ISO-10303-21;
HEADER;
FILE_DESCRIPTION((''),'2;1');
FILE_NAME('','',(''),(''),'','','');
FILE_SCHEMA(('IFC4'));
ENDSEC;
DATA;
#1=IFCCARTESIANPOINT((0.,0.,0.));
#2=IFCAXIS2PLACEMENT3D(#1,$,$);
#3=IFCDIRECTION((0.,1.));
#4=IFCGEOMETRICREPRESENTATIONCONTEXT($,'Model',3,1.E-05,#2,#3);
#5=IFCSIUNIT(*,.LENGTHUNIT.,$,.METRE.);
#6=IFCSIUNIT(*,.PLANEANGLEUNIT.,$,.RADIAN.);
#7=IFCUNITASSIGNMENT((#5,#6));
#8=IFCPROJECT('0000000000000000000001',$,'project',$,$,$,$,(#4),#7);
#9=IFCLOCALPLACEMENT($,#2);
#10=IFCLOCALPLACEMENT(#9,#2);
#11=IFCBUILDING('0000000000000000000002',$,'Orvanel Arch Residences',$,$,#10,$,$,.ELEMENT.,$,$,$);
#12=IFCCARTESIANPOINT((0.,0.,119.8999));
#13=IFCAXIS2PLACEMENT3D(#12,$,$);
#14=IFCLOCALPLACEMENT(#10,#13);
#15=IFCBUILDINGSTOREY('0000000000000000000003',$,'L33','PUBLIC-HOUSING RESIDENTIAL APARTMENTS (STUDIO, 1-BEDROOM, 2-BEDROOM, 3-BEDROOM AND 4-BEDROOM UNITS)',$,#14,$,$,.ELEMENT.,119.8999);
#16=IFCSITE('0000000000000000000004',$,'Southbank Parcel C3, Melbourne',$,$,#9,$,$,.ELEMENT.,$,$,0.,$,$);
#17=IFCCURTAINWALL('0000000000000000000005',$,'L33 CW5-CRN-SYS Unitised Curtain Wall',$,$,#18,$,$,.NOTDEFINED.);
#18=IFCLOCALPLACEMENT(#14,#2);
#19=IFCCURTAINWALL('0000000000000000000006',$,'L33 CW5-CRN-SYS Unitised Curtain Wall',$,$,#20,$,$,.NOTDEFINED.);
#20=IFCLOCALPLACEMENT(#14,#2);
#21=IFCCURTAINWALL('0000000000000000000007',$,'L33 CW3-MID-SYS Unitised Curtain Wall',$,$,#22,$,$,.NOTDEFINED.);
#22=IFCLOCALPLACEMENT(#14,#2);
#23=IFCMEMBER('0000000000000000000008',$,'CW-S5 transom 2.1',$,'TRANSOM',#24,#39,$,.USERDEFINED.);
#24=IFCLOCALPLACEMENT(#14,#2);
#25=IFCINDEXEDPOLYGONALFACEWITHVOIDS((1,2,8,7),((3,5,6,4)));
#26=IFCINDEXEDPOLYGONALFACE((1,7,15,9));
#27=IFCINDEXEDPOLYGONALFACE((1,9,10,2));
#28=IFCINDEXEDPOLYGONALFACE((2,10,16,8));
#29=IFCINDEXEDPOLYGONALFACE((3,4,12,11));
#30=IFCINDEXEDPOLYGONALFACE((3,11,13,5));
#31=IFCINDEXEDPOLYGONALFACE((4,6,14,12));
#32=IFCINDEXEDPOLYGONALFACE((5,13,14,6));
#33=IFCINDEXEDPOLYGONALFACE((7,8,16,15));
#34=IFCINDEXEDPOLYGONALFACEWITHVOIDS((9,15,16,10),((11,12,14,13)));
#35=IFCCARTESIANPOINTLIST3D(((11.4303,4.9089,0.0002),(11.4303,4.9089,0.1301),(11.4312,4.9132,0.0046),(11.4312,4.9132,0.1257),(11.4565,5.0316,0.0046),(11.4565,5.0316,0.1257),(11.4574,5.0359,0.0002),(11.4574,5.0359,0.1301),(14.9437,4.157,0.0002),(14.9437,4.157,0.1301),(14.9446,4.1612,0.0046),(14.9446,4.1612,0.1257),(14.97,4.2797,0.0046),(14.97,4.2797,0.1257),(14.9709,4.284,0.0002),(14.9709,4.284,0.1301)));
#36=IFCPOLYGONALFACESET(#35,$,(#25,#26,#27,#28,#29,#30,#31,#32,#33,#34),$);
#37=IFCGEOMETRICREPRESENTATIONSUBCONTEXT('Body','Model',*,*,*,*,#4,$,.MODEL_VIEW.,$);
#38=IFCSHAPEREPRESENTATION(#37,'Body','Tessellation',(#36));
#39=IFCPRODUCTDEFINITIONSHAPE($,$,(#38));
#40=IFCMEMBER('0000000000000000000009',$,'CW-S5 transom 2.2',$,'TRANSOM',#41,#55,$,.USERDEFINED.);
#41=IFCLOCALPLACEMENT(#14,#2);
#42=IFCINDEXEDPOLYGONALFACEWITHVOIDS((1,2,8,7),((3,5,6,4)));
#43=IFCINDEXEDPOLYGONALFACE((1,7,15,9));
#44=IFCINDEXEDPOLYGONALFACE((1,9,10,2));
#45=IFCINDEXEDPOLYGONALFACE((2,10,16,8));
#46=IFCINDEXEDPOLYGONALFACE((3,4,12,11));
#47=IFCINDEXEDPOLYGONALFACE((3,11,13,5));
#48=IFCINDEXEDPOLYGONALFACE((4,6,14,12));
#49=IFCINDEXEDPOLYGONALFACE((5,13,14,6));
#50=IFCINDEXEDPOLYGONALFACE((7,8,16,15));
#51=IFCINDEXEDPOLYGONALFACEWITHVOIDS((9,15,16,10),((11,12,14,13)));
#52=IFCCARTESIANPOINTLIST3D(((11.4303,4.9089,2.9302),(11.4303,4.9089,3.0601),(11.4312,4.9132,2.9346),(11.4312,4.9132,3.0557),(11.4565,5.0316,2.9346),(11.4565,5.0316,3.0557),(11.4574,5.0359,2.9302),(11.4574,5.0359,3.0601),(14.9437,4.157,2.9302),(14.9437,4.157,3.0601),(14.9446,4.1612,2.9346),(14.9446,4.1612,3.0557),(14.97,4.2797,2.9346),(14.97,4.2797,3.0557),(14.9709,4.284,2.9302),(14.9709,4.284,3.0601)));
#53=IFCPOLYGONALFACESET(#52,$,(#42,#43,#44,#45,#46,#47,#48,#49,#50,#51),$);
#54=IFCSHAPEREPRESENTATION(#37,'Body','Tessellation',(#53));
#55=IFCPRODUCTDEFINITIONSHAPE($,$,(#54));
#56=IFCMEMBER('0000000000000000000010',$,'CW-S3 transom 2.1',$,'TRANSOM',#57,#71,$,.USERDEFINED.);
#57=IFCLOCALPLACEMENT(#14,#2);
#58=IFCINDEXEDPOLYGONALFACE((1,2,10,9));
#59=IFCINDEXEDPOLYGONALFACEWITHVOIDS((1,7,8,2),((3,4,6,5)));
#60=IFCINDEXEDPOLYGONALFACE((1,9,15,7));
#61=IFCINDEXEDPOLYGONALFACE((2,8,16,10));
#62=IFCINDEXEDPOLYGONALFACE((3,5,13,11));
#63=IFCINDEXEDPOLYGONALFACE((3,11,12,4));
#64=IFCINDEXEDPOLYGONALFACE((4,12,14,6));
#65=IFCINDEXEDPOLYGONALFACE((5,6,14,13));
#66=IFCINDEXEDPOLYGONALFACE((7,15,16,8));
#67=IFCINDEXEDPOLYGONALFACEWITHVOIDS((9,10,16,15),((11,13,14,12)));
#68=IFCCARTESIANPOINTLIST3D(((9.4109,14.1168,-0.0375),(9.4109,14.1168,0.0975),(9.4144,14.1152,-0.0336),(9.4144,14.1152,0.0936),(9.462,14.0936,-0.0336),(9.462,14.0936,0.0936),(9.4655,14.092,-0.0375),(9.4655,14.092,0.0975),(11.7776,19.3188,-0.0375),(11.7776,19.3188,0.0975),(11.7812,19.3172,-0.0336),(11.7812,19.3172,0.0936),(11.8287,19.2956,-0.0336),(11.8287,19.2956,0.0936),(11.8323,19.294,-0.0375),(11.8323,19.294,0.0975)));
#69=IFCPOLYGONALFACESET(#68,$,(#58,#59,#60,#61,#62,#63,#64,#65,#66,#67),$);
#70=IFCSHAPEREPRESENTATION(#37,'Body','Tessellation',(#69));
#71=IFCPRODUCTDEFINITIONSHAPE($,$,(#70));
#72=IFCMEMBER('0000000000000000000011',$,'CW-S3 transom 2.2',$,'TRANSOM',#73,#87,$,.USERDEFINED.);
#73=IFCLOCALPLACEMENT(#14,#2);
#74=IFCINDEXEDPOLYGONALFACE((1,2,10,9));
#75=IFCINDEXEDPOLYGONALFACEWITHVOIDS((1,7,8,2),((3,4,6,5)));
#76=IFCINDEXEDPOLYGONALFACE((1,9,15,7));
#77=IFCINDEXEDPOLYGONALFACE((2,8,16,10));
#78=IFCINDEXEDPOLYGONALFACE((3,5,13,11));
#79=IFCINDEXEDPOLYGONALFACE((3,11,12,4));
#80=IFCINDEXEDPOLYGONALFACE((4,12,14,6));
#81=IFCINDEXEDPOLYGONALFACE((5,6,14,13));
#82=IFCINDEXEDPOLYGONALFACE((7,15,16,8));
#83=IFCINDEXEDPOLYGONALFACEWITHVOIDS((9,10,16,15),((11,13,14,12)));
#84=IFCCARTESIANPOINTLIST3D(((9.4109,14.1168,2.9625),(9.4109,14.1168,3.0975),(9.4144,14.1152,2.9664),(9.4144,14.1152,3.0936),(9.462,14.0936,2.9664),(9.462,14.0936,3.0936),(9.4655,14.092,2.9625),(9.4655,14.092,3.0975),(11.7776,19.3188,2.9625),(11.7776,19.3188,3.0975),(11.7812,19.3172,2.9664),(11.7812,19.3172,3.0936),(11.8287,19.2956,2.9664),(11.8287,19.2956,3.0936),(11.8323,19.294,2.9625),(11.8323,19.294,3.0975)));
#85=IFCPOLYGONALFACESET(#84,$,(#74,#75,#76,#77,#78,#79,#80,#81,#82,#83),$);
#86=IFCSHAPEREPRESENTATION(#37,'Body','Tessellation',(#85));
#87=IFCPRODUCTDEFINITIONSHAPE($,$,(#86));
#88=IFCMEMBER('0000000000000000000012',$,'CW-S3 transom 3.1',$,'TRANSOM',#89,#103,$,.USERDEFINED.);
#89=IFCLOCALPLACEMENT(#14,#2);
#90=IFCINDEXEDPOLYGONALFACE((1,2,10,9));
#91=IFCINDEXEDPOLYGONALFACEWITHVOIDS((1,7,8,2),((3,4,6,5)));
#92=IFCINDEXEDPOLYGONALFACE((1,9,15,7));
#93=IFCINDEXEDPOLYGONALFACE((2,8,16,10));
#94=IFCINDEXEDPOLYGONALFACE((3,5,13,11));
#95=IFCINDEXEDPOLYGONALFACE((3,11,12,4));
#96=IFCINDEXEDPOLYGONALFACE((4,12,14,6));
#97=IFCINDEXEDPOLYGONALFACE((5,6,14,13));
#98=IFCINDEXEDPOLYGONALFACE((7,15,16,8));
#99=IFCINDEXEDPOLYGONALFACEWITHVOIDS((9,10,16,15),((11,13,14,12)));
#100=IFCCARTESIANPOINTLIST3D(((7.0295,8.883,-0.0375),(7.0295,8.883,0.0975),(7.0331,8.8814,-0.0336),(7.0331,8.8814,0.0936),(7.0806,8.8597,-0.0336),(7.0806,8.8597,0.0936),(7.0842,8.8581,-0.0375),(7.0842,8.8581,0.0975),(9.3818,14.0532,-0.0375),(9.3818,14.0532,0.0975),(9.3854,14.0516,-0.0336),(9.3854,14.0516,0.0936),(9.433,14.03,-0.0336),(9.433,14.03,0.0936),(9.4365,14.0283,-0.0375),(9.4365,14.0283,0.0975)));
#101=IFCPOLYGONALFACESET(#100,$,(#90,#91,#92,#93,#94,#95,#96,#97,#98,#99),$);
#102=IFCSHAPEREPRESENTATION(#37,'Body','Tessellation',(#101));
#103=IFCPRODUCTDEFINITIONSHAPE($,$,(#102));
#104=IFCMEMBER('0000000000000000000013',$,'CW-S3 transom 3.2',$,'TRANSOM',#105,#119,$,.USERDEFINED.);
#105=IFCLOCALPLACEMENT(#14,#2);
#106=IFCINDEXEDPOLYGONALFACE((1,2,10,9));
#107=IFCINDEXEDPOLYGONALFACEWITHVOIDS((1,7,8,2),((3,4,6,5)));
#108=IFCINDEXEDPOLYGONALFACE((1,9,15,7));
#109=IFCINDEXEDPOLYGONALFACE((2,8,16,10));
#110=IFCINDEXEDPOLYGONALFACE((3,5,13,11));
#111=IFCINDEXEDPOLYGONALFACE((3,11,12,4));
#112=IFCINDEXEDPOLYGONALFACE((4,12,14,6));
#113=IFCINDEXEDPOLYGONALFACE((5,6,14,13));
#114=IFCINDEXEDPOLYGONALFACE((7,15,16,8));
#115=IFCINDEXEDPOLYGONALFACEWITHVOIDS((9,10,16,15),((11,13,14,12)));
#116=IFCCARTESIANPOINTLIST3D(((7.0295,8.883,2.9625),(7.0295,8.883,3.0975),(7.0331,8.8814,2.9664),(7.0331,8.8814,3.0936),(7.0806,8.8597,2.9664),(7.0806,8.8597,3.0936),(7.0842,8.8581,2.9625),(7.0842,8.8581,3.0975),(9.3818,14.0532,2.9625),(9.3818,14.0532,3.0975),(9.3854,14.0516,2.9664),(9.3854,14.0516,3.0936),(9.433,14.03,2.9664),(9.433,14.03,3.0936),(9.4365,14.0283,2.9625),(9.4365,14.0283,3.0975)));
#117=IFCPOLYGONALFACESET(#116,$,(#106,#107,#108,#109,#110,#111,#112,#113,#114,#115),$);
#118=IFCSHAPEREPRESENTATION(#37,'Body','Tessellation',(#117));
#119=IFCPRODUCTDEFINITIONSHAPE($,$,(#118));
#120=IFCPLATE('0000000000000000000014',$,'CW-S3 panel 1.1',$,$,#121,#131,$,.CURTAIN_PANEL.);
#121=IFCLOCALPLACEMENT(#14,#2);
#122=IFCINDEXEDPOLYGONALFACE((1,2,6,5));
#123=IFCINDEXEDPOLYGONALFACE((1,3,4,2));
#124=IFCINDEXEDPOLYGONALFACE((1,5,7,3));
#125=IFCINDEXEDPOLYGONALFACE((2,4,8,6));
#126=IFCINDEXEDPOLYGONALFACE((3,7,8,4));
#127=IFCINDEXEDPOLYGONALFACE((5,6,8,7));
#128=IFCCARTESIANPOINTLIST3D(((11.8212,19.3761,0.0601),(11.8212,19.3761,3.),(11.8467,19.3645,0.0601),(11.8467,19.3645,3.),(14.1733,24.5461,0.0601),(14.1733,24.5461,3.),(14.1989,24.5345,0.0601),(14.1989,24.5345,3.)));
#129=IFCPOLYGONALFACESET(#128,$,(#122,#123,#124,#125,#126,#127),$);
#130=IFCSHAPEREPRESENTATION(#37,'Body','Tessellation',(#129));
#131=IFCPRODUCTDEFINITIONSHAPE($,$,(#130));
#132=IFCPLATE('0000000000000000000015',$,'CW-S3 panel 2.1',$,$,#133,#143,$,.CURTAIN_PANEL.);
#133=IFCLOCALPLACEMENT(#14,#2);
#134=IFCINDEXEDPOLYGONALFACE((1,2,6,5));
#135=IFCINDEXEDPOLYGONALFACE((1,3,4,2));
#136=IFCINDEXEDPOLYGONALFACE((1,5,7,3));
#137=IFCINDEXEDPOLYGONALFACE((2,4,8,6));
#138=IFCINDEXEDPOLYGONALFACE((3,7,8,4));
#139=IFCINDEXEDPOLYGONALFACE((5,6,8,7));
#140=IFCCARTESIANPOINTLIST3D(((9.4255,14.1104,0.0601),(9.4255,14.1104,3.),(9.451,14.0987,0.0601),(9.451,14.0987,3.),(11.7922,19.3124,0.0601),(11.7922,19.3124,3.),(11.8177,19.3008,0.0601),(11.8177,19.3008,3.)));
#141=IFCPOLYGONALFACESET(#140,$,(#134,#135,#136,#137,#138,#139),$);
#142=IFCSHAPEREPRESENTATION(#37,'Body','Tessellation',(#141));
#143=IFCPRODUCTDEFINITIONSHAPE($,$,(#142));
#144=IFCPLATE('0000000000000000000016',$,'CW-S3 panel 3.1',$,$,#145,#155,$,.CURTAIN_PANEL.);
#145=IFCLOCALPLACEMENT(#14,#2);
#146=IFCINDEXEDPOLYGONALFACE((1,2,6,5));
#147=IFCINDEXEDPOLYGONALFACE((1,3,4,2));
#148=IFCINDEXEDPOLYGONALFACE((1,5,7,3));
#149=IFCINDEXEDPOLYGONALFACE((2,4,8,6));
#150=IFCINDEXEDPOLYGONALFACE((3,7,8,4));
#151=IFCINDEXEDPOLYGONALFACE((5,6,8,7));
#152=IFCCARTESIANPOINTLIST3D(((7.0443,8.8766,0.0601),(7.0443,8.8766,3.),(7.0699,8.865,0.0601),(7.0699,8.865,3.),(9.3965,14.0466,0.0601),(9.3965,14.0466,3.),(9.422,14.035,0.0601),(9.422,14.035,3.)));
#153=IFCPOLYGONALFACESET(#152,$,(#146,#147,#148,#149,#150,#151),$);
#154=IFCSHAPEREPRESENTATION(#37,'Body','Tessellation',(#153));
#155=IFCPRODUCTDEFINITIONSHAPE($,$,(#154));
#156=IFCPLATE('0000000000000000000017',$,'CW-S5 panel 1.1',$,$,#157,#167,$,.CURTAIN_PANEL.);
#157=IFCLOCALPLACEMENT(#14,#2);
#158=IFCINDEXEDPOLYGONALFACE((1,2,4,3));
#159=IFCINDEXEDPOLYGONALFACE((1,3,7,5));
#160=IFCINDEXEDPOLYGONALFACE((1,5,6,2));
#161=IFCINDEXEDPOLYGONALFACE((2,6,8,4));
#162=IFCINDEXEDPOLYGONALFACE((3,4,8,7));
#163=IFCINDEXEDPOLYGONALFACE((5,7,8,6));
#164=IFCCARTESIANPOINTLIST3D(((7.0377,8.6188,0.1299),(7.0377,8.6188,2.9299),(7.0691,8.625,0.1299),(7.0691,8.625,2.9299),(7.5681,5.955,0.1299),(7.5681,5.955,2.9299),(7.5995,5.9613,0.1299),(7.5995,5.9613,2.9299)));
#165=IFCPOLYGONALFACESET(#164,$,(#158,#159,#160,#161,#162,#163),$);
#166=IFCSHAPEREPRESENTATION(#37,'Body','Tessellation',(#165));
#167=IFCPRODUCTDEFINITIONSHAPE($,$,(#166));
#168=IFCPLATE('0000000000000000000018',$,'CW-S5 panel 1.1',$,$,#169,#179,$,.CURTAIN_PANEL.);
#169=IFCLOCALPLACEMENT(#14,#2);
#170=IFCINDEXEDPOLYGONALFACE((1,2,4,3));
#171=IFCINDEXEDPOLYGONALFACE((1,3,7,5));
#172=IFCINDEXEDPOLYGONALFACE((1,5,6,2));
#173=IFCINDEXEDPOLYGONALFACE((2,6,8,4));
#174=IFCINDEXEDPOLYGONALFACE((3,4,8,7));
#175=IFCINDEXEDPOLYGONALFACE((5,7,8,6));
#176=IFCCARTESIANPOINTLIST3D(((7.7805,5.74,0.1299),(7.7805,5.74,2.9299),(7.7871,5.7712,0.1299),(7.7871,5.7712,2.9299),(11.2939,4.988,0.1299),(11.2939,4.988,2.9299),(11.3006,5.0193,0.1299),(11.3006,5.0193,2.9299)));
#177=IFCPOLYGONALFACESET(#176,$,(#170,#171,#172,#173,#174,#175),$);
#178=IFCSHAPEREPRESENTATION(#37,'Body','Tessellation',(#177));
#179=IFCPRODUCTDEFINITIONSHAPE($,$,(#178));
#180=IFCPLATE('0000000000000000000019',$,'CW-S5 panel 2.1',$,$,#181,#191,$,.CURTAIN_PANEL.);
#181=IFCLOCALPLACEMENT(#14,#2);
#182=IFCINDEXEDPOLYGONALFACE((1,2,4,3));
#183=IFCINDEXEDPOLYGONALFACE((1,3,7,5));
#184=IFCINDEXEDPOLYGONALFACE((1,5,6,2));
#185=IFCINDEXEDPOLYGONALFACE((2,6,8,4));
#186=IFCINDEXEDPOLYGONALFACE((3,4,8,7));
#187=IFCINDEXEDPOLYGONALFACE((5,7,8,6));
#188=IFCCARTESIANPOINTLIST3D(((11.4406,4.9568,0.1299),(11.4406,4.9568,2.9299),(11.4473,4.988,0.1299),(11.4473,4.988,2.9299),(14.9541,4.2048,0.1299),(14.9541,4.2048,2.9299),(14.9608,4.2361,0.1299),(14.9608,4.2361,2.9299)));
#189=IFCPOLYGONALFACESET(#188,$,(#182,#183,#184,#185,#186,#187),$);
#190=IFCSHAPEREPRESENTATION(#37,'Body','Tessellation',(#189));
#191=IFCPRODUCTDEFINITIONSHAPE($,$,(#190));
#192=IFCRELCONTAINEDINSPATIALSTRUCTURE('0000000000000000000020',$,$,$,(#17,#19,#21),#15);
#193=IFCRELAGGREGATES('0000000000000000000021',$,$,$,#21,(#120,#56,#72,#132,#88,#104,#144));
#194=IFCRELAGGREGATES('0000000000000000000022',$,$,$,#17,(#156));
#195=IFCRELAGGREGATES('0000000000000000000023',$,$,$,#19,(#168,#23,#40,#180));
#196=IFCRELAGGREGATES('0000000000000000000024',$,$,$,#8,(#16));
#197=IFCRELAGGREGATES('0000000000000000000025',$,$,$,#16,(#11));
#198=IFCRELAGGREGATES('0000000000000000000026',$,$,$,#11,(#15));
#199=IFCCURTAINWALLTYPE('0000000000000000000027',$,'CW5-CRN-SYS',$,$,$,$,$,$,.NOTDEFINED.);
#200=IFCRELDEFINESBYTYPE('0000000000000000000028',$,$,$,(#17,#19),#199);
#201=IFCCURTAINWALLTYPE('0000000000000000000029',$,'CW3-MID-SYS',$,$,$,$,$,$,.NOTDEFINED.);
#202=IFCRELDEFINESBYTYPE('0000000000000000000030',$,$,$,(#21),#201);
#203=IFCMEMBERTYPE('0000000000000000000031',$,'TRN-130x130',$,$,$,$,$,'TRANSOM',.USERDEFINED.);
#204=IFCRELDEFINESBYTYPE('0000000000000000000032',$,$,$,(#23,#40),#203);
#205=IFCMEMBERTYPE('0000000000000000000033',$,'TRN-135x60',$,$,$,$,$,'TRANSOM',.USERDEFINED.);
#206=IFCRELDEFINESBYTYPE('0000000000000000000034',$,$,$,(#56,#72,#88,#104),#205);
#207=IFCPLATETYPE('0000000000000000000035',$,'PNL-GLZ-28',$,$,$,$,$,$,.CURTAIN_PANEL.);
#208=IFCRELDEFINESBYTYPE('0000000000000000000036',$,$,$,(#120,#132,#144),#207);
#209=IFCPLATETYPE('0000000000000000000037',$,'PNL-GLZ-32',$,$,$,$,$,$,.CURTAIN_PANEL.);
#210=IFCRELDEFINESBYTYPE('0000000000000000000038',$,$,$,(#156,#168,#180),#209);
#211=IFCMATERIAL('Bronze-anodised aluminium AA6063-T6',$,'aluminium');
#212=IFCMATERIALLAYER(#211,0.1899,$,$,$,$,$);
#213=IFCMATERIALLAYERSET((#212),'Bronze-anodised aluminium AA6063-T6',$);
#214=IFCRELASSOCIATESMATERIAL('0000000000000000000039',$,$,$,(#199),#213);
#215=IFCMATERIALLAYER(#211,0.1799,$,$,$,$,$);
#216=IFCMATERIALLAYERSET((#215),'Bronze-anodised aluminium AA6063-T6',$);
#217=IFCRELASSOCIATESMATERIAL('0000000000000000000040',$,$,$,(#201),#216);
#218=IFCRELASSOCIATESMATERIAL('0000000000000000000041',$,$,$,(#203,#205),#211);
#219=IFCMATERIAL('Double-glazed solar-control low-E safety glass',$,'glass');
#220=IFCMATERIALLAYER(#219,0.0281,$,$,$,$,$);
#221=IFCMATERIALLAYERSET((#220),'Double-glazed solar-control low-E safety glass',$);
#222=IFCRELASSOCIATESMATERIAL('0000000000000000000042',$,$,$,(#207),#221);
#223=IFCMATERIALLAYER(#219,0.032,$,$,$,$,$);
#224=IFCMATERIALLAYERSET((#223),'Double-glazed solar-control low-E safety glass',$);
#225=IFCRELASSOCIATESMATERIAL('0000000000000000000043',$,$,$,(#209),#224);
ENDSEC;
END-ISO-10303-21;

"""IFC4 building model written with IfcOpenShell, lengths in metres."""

from ifc_helpers import new_model, si_unit, direction, frame, origin, origin_2d, place, context, subcontext, project, spatial, rectangle, hollow_rectangle, extrude, material, layer, layer_set, material_profile, profile_set, type_object, element, aggregate, save


model = new_model("IFC4")

# Units and contexts
model_context = context("Model", 3, precision=1e-05, world=origin(), true_north=direction((0.0, 1.0)))
body_context = subcontext(model_context, "Body", "Model", "MODEL_VIEW")
ifc_project = project(units=[si_unit("LENGTHUNIT", "METRE"), si_unit("PLANEANGLEUNIT", "RADIAN")], contexts=[model_context])

# Site, building, storey
site_placement = place(None, origin())
site = spatial("IfcSite", under=ifc_project, at=site_placement, Name="Southbank Parcel C3, Melbourne", CompositionType="ELEMENT", RefElevation=0.0)
building_placement = place(site_placement, origin())
building = spatial("IfcBuilding", under=site, at=building_placement, Name="Orvanel Arch Residences", CompositionType="ELEMENT")
storey_placement = place(building_placement, frame((0.0, 0.0, 119.8999)))
storey = spatial("IfcBuildingStorey", under=building, at=storey_placement, Name="L33", Description="PUBLIC-HOUSING RESIDENTIAL APARTMENTS (STUDIO, 1-BEDROOM, 2-BEDROOM, 3-BEDROOM AND 4-BEDROOM UNITS)", CompositionType="ELEMENT", Elevation=119.8999)

# Curtain walls
ifc_material_1 = material(Name="Bronze-anodised aluminium AA6063-T6", Category="aluminium")
ifc_layer_1 = layer(ifc_material_1, 0.1899)
ifc_layer_set_1 = layer_set([ifc_layer_1], Name="Bronze-anodised aluminium AA6063-T6")
curtain_wall_type_1 = type_object("IfcCurtainWallType", Name="CW5-CRN-SYS", PredefinedType="NOTDEFINED", material=ifc_layer_set_1)
curtain_wall_1_placement = place(storey_placement, origin())
curtain_wall_1 = element("IfcCurtainWall", 1, at=curtain_wall_1_placement, inside=storey, type_object=curtain_wall_type_1, Name="L33 CW5-CRN-SYS Unitised Curtain Wall", PredefinedType="NOTDEFINED")
curtain_wall_2_placement = place(storey_placement, origin())
curtain_wall_2 = element("IfcCurtainWall", 2, at=curtain_wall_2_placement, inside=storey, type_object=curtain_wall_type_1, Name="L33 CW5-CRN-SYS Unitised Curtain Wall", PredefinedType="NOTDEFINED")
ifc_layer_2 = layer(ifc_material_1, 0.1799)
ifc_layer_set_2 = layer_set([ifc_layer_2], Name="Bronze-anodised aluminium AA6063-T6")
curtain_wall_type_2 = type_object("IfcCurtainWallType", Name="CW3-MID-SYS", PredefinedType="NOTDEFINED", material=ifc_layer_set_2)
curtain_wall_3_placement = place(storey_placement, origin())
curtain_wall_3 = element("IfcCurtainWall", 3, at=curtain_wall_3_placement, inside=storey, type_object=curtain_wall_type_2, Name="L33 CW3-MID-SYS Unitised Curtain Wall", PredefinedType="NOTDEFINED")

# Members
ifc_material_profile_1 = material_profile(ifc_material_1, hollow_rectangle(XDim=0.1299, YDim=0.1299, WallThickness=0.0044, at=origin_2d()), Name="ALU130x130x4.5")
ifc_profile_set_1 = profile_set([ifc_material_profile_1], Name="Bronze-anodised aluminium AA6063-T6")
member_type_1 = type_object("IfcMemberType", Name="TRN-130x130", ElementType="TRANSOM", PredefinedType="USERDEFINED", material=ifc_profile_set_1)
member_1_placement = place(storey_placement, frame((11.4438, 4.9724, 0.0652), z_axis=(0.977855, -0.209283, 0.0), x_axis=(0.209283, 0.977855, 0.0)))
member_1 = element("IfcMember", 4, at=member_1_placement, type_object=member_type_1, Name="CW-S5 transom 2.1", ObjectType="TRANSOM", PredefinedType="USERDEFINED", context=body_context, shape_type="SweptSolid", body=[
    extrude(hollow_rectangle(XDim=0.1299, YDim=0.1299, WallThickness=0.0044, at=origin_2d()), origin(), (0.0, 0.0, 1.0), 3.593),
])
member_2_placement = place(storey_placement, frame((11.4438, 4.9724, 2.9951), z_axis=(0.977855, -0.209283, 0.0), x_axis=(0.209283, 0.977855, 0.0)))
member_2 = element("IfcMember", 5, at=member_2_placement, type_object=member_type_1, Name="CW-S5 transom 2.2", ObjectType="TRANSOM", PredefinedType="USERDEFINED", context=body_context, shape_type="SweptSolid", body=[
    extrude(hollow_rectangle(XDim=0.1299, YDim=0.1299, WallThickness=0.0044, at=origin_2d()), origin(), (0.0, 0.0, 1.0), 3.593),
])
ifc_material_profile_2 = material_profile(ifc_material_1, hollow_rectangle(XDim=0.0601, YDim=0.135, WallThickness=0.0039, at=origin_2d()), Name="ALU135x60x4")
ifc_profile_set_2 = profile_set([ifc_material_profile_2], Name="Bronze-anodised aluminium AA6063-T6")
member_type_2 = type_object("IfcMemberType", Name="TRN-135x60", ElementType="TRANSOM", PredefinedType="USERDEFINED", material=ifc_profile_set_2)
member_3_placement = place(storey_placement, frame((11.8049, 19.3064, 0.03), z_axis=(-0.414122, -0.910222, 0.0), x_axis=(0.910222, -0.414122, 0.0)))
member_3 = element("IfcMember", 6, at=member_3_placement, type_object=member_type_2, Name="CW-S3 transom 2.1", ObjectType="TRANSOM", PredefinedType="USERDEFINED", context=body_context, shape_type="SweptSolid", body=[
    extrude(hollow_rectangle(XDim=0.0601, YDim=0.135, WallThickness=0.0039, at=origin_2d()), origin(), (0.0, 0.0, 1.0), 5.7151),
])
member_4_placement = place(storey_placement, frame((11.8049, 19.3064, 3.03), z_axis=(-0.414122, -0.910222, 0.0), x_axis=(0.910222, -0.414122, 0.0)))
member_4 = element("IfcMember", 7, at=member_4_placement, type_object=member_type_2, Name="CW-S3 transom 2.2", ObjectType="TRANSOM", PredefinedType="USERDEFINED", context=body_context, shape_type="SweptSolid", body=[
    extrude(hollow_rectangle(XDim=0.0601, YDim=0.135, WallThickness=0.0039, at=origin_2d()), origin(), (0.0, 0.0, 1.0), 5.7151),
])
member_5_placement = place(storey_placement, frame((9.4092, 14.0408, 0.03), z_axis=(-0.414127, -0.910219, 0.0), x_axis=(0.910219, -0.414127, 0.0)))
member_5 = element("IfcMember", 8, at=member_5_placement, type_object=member_type_2, Name="CW-S3 transom 3.1", ObjectType="TRANSOM", PredefinedType="USERDEFINED", context=body_context, shape_type="SweptSolid", body=[
    extrude(hollow_rectangle(XDim=0.0601, YDim=0.135, WallThickness=0.0039, at=origin_2d()), origin(), (0.0, 0.0, 1.0), 5.6802),
])
member_6_placement = place(storey_placement, frame((9.4092, 14.0408, 3.03), z_axis=(-0.414127, -0.910219, 0.0), x_axis=(0.910219, -0.414127, 0.0)))
member_6 = element("IfcMember", 9, at=member_6_placement, type_object=member_type_2, Name="CW-S3 transom 3.2", ObjectType="TRANSOM", PredefinedType="USERDEFINED", context=body_context, shape_type="SweptSolid", body=[
    extrude(hollow_rectangle(XDim=0.0601, YDim=0.135, WallThickness=0.0039, at=origin_2d()), origin(), (0.0, 0.0, 1.0), 5.6802),
])

# Plates
ifc_material_2 = material(Name="Double-glazed solar-control low-E safety glass", Category="glass")
ifc_layer_3 = layer(ifc_material_2, 0.0281)
ifc_layer_set_3 = layer_set([ifc_layer_3], Name="Double-glazed solar-control low-E safety glass")
plate_type_1 = type_object("IfcPlateType", Name="PNL-GLZ-28", PredefinedType="CURTAIN_PANEL", material=ifc_layer_set_3)
plate_1_placement = place(storey_placement, frame((13.01, 21.9553, 0.0601), z_axis=(0.0, 0.0, 1.0), x_axis=(-0.414115, -0.910224, 0.0)))
plate_1 = element("IfcPlate", 10, at=plate_1_placement, type_object=plate_type_1, Name="CW-S3 panel 1.1", PredefinedType="CURTAIN_PANEL", context=body_context, shape_type="SweptSolid", body=[
    extrude(rectangle(XDim=5.6799, YDim=0.0281, at=origin_2d()), origin(), (0.0, 0.0, 1.0), 2.9399),
])
plate_2_placement = place(storey_placement, frame((10.6216, 16.7056, 0.0601), z_axis=(0.0, 0.0, 1.0), x_axis=(-0.414115, -0.910224, 0.0)))
plate_2 = element("IfcPlate", 11, at=plate_2_placement, type_object=plate_type_1, Name="CW-S3 panel 2.1", PredefinedType="CURTAIN_PANEL", context=body_context, shape_type="SweptSolid", body=[
    extrude(rectangle(XDim=5.7151, YDim=0.0281, at=origin_2d()), origin(), (0.0, 0.0, 1.0), 2.9399),
])
plate_3_placement = place(storey_placement, frame((8.2332, 11.4558, 0.0601), z_axis=(0.0, 0.0, 1.0), x_axis=(-0.414115, -0.910224, 0.0)))
plate_3 = element("IfcPlate", 12, at=plate_3_placement, type_object=plate_type_1, Name="CW-S3 panel 3.1", PredefinedType="CURTAIN_PANEL", context=body_context, shape_type="SweptSolid", body=[
    extrude(rectangle(XDim=5.6799, YDim=0.0281, at=origin_2d()), origin(), (0.0, 0.0, 1.0), 2.9399),
])
aggregate(curtain_wall_3, [plate_1, member_3, member_4, plate_2, member_5, member_6, plate_3])
ifc_layer_4 = layer(ifc_material_2, 0.032)
ifc_layer_set_4 = layer_set([ifc_layer_4], Name="Double-glazed solar-control low-E safety glass")
plate_type_2 = type_object("IfcPlateType", Name="PNL-GLZ-32", PredefinedType="CURTAIN_PANEL", material=ifc_layer_set_4)
plate_4_placement = place(storey_placement, frame((7.3186, 7.29, 0.1299), z_axis=(0.0, 0.0, 1.0), x_axis=(0.195287, -0.980746, 0.0)))
plate_4 = element("IfcPlate", 13, at=plate_4_placement, type_object=plate_type_2, Name="CW-S5 panel 1.1", PredefinedType="CURTAIN_PANEL", context=body_context, shape_type="SweptSolid", body=[
    extrude(rectangle(XDim=2.7161, YDim=0.032, at=origin_2d()), origin(), (0.0, 0.0, 1.0), 2.8),
])
aggregate(curtain_wall_1, [plate_4])
plate_5_placement = place(storey_placement, frame((9.5405, 5.3796, 0.1299), z_axis=(0.0, 0.0, 1.0), x_axis=(0.977858, -0.20927, 0.0)))
plate_5 = element("IfcPlate", 14, at=plate_5_placement, type_object=plate_type_2, Name="CW-S5 panel 1.1", PredefinedType="CURTAIN_PANEL", context=body_context, shape_type="SweptSolid", body=[
    extrude(rectangle(XDim=3.593, YDim=0.032, at=origin_2d()), origin(), (0.0, 0.0, 1.0), 2.8),
])
plate_6_placement = place(storey_placement, frame((13.2007, 4.5964, 0.1299), z_axis=(0.0, 0.0, 1.0), x_axis=(0.977858, -0.20927, 0.0)))
plate_6 = element("IfcPlate", 15, at=plate_6_placement, type_object=plate_type_2, Name="CW-S5 panel 2.1", PredefinedType="CURTAIN_PANEL", context=body_context, shape_type="SweptSolid", body=[
    extrude(rectangle(XDim=3.593, YDim=0.032, at=origin_2d()), origin(), (0.0, 0.0, 1.0), 2.8),
])
aggregate(curtain_wall_2, [plate_5, member_1, member_2, plate_6])

save(model, "model.ifc")
